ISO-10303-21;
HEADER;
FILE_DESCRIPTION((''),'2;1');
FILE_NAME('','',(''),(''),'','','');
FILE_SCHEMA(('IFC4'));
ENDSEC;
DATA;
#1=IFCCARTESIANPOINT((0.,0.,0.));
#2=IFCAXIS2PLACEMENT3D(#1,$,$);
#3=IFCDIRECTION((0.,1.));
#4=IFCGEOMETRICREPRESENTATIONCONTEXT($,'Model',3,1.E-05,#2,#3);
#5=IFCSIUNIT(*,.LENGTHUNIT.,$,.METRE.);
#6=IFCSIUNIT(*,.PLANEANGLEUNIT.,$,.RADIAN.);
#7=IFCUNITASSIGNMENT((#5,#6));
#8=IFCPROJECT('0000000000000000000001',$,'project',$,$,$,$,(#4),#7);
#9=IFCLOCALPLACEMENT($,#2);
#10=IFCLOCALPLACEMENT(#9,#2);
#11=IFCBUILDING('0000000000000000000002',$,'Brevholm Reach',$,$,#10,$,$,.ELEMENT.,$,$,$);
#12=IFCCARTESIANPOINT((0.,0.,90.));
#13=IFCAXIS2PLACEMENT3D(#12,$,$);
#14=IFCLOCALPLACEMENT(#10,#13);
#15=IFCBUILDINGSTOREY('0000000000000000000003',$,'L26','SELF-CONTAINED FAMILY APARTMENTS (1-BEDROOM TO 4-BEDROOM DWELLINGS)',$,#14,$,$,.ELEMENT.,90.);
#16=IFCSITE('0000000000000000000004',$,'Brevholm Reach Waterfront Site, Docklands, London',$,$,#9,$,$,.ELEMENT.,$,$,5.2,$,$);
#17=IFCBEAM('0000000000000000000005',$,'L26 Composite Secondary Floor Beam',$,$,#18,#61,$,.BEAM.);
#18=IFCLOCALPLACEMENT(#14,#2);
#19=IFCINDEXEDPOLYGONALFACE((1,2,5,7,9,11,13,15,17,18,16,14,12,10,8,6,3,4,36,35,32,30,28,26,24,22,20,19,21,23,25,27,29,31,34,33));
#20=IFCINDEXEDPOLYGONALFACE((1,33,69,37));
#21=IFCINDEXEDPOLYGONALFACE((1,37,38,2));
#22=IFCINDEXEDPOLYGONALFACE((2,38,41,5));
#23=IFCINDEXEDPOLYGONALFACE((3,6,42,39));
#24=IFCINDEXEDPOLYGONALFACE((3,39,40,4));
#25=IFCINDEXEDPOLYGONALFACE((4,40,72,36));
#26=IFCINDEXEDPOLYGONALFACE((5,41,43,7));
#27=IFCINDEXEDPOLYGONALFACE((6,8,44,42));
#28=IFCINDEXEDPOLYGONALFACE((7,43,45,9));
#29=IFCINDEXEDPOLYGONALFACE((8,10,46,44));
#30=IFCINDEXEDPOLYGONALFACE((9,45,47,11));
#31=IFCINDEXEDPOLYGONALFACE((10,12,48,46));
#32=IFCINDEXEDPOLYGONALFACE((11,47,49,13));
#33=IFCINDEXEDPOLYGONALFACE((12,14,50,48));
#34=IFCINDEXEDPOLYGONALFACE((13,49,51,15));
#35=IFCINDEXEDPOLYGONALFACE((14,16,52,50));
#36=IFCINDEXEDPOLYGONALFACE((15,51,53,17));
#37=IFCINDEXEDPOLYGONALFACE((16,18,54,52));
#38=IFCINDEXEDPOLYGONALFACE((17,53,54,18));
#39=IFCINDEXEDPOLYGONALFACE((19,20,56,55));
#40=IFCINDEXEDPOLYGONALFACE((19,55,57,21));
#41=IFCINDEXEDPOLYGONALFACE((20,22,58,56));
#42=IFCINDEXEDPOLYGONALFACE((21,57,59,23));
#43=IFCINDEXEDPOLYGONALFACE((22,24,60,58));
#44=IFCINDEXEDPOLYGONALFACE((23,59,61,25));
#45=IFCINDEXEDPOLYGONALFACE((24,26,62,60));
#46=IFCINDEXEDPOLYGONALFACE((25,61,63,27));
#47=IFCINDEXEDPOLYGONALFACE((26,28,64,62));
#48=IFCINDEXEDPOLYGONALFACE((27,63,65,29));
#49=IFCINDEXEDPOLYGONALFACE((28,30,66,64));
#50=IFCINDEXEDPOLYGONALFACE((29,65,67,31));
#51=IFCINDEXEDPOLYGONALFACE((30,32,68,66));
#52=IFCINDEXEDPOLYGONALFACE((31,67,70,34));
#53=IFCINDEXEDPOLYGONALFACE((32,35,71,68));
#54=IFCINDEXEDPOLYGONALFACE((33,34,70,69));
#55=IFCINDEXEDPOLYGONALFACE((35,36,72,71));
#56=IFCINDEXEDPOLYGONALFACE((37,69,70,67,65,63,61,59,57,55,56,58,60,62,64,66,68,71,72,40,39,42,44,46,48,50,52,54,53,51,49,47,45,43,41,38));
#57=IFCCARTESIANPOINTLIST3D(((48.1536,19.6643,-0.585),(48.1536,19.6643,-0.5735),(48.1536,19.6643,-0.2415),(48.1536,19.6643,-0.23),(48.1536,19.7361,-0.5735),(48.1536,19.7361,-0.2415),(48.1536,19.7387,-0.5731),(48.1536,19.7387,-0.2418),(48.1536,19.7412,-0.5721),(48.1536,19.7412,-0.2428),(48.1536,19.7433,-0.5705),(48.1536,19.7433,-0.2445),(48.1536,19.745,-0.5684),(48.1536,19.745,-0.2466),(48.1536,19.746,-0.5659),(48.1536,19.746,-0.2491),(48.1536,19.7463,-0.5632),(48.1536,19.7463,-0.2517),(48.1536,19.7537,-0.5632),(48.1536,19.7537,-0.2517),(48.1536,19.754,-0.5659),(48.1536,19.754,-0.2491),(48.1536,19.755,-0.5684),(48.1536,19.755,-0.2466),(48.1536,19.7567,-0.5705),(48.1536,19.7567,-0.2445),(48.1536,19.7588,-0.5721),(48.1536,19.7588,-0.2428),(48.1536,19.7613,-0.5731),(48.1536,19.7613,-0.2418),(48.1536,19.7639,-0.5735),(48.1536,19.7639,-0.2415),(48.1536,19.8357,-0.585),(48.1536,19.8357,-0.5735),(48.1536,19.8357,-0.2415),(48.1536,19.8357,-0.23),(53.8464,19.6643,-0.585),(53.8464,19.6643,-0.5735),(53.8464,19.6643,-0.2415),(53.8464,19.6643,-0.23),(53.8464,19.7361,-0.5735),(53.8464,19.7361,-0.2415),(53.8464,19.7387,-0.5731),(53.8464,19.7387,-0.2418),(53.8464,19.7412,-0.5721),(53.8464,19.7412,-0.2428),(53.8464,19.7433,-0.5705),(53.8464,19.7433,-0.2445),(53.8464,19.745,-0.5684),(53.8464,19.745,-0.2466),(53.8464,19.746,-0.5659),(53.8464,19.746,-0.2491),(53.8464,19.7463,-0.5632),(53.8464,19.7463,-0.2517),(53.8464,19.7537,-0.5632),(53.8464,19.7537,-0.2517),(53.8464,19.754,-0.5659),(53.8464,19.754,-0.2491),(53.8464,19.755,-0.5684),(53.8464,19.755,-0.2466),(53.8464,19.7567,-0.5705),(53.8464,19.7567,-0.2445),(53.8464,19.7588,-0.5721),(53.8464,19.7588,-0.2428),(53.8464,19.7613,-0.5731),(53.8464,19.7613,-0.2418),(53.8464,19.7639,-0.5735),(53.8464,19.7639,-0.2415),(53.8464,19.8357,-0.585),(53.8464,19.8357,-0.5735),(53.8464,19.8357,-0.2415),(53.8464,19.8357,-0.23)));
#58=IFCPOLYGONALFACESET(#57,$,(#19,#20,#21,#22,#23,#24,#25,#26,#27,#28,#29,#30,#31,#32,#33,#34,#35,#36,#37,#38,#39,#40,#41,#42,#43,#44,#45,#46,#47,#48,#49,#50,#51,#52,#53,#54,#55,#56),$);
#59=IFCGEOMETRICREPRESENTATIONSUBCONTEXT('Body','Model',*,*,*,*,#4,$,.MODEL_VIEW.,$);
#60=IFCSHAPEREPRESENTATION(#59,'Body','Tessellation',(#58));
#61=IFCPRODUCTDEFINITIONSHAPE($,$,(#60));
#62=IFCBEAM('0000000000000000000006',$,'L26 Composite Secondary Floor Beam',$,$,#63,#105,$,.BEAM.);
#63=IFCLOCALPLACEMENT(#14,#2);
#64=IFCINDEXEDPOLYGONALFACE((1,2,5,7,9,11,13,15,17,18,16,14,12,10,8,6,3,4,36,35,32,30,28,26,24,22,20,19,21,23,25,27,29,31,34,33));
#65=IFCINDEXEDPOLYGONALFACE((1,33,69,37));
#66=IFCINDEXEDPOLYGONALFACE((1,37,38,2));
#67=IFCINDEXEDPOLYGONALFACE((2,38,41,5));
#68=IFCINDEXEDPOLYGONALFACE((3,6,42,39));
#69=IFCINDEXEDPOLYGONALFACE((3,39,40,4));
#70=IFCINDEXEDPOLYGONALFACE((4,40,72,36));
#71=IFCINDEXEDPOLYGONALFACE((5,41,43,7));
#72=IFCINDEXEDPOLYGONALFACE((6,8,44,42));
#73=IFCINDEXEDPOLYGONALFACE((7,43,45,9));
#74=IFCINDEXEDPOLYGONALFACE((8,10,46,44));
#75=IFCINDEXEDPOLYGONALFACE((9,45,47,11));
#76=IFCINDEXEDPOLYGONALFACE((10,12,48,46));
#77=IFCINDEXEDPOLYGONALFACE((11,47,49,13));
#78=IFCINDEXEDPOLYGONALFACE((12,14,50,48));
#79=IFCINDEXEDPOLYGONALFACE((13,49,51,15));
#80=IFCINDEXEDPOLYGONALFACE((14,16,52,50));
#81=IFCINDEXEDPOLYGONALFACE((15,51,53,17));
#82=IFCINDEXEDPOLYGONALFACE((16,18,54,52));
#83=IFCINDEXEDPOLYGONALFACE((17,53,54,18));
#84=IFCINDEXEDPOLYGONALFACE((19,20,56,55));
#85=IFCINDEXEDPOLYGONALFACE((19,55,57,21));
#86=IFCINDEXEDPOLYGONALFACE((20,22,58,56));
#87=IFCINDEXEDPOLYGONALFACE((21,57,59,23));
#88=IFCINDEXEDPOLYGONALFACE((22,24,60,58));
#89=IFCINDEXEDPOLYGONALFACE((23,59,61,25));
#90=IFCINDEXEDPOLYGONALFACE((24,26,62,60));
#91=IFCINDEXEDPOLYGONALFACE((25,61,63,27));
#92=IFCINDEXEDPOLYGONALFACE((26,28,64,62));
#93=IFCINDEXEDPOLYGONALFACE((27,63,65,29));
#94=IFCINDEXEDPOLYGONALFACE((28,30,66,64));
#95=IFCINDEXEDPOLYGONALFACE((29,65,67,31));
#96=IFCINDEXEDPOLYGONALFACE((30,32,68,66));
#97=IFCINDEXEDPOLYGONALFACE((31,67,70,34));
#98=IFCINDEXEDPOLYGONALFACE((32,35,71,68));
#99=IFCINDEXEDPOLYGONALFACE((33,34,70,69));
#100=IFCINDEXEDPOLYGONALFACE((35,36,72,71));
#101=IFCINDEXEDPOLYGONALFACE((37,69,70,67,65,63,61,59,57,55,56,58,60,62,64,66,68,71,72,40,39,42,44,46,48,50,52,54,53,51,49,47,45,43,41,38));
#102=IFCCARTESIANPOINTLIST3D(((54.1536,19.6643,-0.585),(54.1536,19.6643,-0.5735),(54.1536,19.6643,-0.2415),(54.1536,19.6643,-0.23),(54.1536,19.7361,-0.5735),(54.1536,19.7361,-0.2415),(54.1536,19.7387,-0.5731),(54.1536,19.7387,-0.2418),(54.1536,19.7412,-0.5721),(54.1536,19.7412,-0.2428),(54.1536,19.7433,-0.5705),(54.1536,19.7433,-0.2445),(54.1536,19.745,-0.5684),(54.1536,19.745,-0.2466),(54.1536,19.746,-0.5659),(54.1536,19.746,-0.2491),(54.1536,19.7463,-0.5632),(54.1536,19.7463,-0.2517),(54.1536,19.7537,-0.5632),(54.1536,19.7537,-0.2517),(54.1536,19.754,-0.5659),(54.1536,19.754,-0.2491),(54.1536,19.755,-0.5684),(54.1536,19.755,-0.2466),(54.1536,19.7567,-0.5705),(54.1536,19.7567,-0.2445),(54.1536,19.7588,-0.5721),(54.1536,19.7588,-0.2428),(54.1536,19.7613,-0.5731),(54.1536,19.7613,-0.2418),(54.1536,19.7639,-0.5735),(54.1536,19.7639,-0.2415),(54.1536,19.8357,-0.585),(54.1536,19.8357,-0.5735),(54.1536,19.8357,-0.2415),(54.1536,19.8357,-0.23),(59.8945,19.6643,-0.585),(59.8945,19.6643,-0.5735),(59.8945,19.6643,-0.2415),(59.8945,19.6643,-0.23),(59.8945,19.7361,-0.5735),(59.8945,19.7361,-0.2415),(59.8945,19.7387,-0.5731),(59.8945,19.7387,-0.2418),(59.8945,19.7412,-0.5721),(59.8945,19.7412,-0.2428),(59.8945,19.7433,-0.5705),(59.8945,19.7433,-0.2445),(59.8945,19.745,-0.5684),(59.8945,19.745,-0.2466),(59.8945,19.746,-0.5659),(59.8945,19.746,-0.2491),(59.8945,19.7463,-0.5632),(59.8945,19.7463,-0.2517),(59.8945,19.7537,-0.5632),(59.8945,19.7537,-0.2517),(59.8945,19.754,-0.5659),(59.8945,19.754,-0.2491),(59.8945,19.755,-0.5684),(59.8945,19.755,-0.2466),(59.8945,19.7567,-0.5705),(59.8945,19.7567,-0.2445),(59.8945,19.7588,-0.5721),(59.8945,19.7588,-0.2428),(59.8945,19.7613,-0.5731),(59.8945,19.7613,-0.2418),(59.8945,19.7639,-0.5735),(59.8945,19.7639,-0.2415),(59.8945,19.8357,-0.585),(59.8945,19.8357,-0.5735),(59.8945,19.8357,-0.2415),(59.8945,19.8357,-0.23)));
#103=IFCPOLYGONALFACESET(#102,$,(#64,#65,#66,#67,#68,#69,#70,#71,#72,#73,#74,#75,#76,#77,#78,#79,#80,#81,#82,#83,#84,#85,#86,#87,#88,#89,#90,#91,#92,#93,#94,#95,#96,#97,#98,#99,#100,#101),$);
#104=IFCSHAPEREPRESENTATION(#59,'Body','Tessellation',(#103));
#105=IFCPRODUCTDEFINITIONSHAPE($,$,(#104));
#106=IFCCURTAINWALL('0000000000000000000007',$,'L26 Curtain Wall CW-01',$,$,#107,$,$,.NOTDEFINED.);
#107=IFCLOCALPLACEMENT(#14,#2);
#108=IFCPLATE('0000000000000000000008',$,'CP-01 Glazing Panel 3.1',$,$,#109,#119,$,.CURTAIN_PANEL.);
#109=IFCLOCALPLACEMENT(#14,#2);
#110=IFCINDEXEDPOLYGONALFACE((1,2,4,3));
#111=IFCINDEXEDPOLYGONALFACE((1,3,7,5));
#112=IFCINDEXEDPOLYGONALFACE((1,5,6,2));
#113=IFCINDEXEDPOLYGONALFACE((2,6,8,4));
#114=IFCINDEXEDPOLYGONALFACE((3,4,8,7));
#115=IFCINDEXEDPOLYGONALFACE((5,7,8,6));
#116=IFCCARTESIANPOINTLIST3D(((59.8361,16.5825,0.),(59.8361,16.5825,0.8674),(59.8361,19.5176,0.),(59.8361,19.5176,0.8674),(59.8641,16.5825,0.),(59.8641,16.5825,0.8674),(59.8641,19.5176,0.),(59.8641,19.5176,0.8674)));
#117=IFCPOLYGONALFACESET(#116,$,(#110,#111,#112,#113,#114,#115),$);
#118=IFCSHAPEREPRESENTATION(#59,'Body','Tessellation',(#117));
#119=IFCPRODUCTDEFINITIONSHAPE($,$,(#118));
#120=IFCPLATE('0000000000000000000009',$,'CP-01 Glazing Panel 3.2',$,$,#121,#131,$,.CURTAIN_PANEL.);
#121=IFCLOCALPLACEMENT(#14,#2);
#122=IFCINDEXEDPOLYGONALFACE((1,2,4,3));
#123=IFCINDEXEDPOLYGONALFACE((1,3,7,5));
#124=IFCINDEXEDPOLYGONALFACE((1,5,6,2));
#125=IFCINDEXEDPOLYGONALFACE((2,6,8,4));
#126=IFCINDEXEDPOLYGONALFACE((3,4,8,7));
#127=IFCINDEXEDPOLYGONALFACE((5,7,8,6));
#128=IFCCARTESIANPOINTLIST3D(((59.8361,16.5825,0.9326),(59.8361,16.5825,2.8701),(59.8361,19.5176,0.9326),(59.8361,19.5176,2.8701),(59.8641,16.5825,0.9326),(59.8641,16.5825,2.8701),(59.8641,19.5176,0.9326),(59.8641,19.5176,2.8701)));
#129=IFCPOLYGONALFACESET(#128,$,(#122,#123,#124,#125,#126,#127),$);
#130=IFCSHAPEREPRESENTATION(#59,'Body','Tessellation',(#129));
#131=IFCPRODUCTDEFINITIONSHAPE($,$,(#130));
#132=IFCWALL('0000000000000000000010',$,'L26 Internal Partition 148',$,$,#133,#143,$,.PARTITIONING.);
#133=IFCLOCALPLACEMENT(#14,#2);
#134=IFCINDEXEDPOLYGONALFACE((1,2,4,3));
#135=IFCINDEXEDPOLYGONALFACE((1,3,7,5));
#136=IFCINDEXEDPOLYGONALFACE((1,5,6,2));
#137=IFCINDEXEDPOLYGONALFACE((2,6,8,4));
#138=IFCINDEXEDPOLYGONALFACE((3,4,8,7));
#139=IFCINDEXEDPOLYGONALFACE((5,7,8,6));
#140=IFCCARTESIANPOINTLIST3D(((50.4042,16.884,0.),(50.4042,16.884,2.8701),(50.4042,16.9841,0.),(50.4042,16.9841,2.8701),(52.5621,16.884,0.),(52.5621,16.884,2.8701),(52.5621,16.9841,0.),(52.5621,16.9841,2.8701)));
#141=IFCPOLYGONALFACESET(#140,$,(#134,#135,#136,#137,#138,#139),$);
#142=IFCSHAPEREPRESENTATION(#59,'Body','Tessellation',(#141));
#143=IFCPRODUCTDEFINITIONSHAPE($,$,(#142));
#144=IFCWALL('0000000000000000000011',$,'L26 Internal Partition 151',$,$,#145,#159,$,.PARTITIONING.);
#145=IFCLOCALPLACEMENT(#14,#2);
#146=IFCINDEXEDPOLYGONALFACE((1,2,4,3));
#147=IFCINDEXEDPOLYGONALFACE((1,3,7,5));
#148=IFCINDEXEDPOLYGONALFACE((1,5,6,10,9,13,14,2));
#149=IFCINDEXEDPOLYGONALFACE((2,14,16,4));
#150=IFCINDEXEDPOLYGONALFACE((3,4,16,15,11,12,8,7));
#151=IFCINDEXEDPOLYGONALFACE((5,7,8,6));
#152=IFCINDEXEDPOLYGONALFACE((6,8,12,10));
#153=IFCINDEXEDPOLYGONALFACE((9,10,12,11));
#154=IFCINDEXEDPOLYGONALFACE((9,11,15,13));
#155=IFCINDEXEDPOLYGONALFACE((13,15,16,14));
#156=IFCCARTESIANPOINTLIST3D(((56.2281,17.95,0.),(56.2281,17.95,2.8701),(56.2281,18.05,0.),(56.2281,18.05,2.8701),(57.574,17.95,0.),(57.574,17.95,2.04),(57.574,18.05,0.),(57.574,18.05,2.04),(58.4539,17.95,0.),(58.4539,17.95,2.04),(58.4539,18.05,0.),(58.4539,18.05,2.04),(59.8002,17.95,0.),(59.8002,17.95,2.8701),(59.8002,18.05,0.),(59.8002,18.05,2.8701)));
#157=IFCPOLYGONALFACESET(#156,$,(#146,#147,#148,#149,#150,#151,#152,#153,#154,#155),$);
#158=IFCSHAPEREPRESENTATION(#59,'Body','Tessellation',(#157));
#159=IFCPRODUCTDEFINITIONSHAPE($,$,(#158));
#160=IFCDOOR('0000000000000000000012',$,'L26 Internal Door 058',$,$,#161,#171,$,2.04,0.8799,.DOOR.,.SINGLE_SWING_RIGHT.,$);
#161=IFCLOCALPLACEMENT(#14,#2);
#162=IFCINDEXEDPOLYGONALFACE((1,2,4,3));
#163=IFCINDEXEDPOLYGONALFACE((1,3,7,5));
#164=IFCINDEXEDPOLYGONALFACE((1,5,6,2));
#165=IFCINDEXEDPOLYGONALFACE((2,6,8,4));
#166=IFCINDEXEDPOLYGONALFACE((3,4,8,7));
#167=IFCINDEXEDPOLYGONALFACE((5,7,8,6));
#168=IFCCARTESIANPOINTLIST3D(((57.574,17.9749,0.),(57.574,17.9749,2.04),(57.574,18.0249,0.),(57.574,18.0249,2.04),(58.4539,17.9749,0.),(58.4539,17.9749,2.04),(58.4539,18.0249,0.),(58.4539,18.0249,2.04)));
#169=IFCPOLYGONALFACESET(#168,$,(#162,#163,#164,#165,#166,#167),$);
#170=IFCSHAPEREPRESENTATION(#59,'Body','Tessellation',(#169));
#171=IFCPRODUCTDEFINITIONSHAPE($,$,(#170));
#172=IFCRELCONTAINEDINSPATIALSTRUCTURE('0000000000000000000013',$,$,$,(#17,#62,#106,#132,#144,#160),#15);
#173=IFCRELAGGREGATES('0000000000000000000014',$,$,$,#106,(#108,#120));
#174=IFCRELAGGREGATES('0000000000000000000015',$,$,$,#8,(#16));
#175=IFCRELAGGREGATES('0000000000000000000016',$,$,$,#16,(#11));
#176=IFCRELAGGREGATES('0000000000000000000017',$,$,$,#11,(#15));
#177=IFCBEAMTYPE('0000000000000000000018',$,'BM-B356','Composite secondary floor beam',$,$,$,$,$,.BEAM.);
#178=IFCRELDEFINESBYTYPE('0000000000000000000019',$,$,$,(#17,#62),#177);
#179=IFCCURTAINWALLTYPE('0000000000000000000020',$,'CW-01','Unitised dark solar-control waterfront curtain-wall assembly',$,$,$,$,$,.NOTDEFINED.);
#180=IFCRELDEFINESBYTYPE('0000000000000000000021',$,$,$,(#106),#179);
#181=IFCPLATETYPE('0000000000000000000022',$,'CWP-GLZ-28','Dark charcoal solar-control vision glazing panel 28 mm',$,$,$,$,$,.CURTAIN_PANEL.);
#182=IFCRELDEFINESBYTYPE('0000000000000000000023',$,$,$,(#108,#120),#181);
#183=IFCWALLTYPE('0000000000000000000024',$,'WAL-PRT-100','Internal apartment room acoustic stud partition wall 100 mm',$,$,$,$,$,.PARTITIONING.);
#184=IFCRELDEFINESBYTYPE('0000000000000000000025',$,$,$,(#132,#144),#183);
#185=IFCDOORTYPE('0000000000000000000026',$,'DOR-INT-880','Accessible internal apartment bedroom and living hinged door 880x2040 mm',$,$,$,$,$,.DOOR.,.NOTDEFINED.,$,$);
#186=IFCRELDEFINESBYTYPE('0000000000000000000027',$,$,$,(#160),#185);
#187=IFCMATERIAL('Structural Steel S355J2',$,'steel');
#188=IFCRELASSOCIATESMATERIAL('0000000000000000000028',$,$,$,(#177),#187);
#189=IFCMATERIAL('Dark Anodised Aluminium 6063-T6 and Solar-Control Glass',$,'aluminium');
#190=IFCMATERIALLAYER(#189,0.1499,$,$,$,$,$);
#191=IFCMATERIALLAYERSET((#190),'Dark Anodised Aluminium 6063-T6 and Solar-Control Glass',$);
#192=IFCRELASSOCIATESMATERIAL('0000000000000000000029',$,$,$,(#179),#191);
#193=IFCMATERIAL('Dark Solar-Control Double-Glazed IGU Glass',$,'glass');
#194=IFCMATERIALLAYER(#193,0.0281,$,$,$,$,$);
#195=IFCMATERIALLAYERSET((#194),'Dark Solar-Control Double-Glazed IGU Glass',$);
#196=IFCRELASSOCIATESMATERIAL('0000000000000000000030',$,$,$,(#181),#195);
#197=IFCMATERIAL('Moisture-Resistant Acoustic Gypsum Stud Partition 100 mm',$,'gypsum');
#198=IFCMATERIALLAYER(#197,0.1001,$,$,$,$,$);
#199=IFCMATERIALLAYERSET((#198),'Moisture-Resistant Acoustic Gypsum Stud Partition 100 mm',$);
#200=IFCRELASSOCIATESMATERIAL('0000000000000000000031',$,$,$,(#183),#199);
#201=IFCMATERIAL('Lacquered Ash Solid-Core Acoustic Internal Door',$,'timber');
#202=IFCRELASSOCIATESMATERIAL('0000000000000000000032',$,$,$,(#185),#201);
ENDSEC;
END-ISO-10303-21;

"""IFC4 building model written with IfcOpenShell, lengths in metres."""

from ifc_helpers import new_model, si_unit, direction, frame, frame_2d, origin, origin_2d, place, context, subcontext, project, spatial, rectangle, i_section, extrude, material, layer, layer_set, material_profile, profile_set, type_object, element, fill, aggregate, save


model = new_model("IFC4")

# Units and contexts
model_context = context("Model", 3, precision=1e-05, world=origin(), true_north=direction((0.0, 1.0)))
body_context = subcontext(model_context, "Body", "Model", "MODEL_VIEW")
ifc_project = project(units=[si_unit("LENGTHUNIT", "METRE"), si_unit("PLANEANGLEUNIT", "RADIAN")], contexts=[model_context])

# Site, building, storey
site_placement = place(None, origin())
site = spatial("IfcSite", under=ifc_project, at=site_placement, Name="Brevholm Reach Waterfront Site, Docklands, London", CompositionType="ELEMENT", RefElevation=5.2)
building_placement = place(site_placement, origin())
building = spatial("IfcBuilding", under=site, at=building_placement, Name="Brevholm Reach", CompositionType="ELEMENT")
storey_placement = place(building_placement, frame((0.0, 0.0, 90.0)))
storey = spatial("IfcBuildingStorey", under=building, at=storey_placement, Name="L26", Description="SELF-CONTAINED FAMILY APARTMENTS (1-BEDROOM TO 4-BEDROOM DWELLINGS)", CompositionType="ELEMENT", Elevation=90.0)

# Beams
ifc_material_1 = material(Name="Structural Steel S355J2", Category="steel")
ifc_material_profile = material_profile(ifc_material_1, i_section(OverallWidth=0.1714, OverallDepth=0.355, WebThickness=0.0073, FlangeThickness=0.0115, FilletRadius=0.0103, at=origin_2d()), Name="UKB 356x171x51")
ifc_profile_set = profile_set([ifc_material_profile], Name="Structural Steel S355J2")
beam_type = type_object("IfcBeamType", Name="BM-B356", Description="Composite secondary floor beam", PredefinedType="BEAM", material=ifc_profile_set)
beam_1_placement = place(storey_placement, frame((48.1536, 19.75, -0.4075), z_axis=(1.0, 0.0, 0.0), x_axis=(0.0, 1.0, 0.0)))
element("IfcBeam", 1, at=beam_1_placement, inside=storey, type_object=beam_type, Name="L26 Composite Secondary Floor Beam", PredefinedType="BEAM", context=body_context, shape_type="SweptSolid", body=[
    extrude(i_section(OverallWidth=0.1714, OverallDepth=0.355, WebThickness=0.0073, FlangeThickness=0.0115, FilletRadius=0.0103, at=origin_2d()), origin(), (0.0, 0.0, 1.0), 5.6929),
])
beam_2_placement = place(storey_placement, frame((54.1536, 19.75, -0.4075), z_axis=(1.0, 0.0, 0.0), x_axis=(0.0, 1.0, 0.0)))
element("IfcBeam", 2, at=beam_2_placement, inside=storey, type_object=beam_type, Name="L26 Composite Secondary Floor Beam", PredefinedType="BEAM", context=body_context, shape_type="SweptSolid", body=[
    extrude(i_section(OverallWidth=0.1714, OverallDepth=0.355, WebThickness=0.0073, FlangeThickness=0.0115, FilletRadius=0.0103, at=origin_2d()), origin(), (0.0, 0.0, 1.0), 5.741),
])

# Curtain wall, plates
ifc_material_2 = material(Name="Dark Anodised Aluminium 6063-T6 and Solar-Control Glass", Category="aluminium")
ifc_layer_1 = layer(ifc_material_2, 0.1499)
ifc_layer_set_1 = layer_set([ifc_layer_1], Name="Dark Anodised Aluminium 6063-T6 and Solar-Control Glass")
curtain_wall_type = type_object("IfcCurtainWallType", Name="CW-01", Description="Unitised dark solar-control waterfront curtain-wall assembly", PredefinedType="NOTDEFINED", material=ifc_layer_set_1)
curtain_wall_placement = place(storey_placement, origin())
curtain_wall = element("IfcCurtainWall", 3, at=curtain_wall_placement, inside=storey, type_object=curtain_wall_type, Name="L26 Curtain Wall CW-01", PredefinedType="NOTDEFINED")
ifc_material_3 = material(Name="Dark Solar-Control Double-Glazed IGU Glass", Category="glass")
ifc_layer_2 = layer(ifc_material_3, 0.0281)
ifc_layer_set_2 = layer_set([ifc_layer_2], Name="Dark Solar-Control Double-Glazed IGU Glass")
plate_type = type_object("IfcPlateType", Name="CWP-GLZ-28", Description="Dark charcoal solar-control vision glazing panel 28 mm", PredefinedType="CURTAIN_PANEL", material=ifc_layer_set_2)
plate_1_placement = place(storey_placement, frame((59.8501, 18.05, 0.0), z_axis=(0.0, 0.0, 1.0), x_axis=(0.0, 1.0, 0.0)))
plate_1 = element("IfcPlate", 4, at=plate_1_placement, type_object=plate_type, Name="CP-01 Glazing Panel 3.1", PredefinedType="CURTAIN_PANEL", context=body_context, shape_type="SweptSolid", body=[
    extrude(rectangle(XDim=2.9351, YDim=0.0281, at=origin_2d()), origin(), (0.0, 0.0, 1.0), 0.8674),
])
plate_2_placement = place(storey_placement, frame((59.8501, 18.05, 0.9326), z_axis=(0.0, 0.0, 1.0), x_axis=(0.0, 1.0, 0.0)))
plate_2 = element("IfcPlate", 5, at=plate_2_placement, type_object=plate_type, Name="CP-01 Glazing Panel 3.2", PredefinedType="CURTAIN_PANEL", context=body_context, shape_type="SweptSolid", body=[
    extrude(rectangle(XDim=2.9351, YDim=0.0281, at=origin_2d()), origin(), (0.0, 0.0, 1.0), 1.9375),
])
aggregate(curtain_wall, [plate_1, plate_2])

# Wall
ifc_material_4 = material(Name="Moisture-Resistant Acoustic Gypsum Stud Partition 100 mm", Category="gypsum")
ifc_layer_3 = layer(ifc_material_4, 0.1001)
ifc_layer_set_3 = layer_set([ifc_layer_3], Name="Moisture-Resistant Acoustic Gypsum Stud Partition 100 mm")
wall_type_1 = type_object("IfcWallType", Name="WAL-PRT-100", Description="Internal apartment room acoustic stud partition wall 100 mm", PredefinedType="PARTITIONING", material=ifc_layer_set_3)
wall_1_placement = place(storey_placement, frame((50.4041, 16.9341, 0.0), z_axis=(0.0, 0.0, 1.0), x_axis=(1.0, 0.0, 0.0)))
element("IfcWall", 6, at=wall_1_placement, inside=storey, type_object=wall_type_1, Name="L26 Internal Partition 148", PredefinedType="PARTITIONING", context=body_context, shape_type="SweptSolid", body=[
    extrude(rectangle(XDim=2.158, YDim=0.1001, at=frame_2d((1.0791, 0.0))), origin(), (0.0, 0.0, 1.0), 2.8701),
])

# Wall, opening, door
wall_2_placement = place(storey_placement, frame((56.228, 18.0, 0.0), z_axis=(0.0, 0.0, 1.0), x_axis=(1.0, 0.0, 0.0)))
wall_2 = element("IfcWall", 7, at=wall_2_placement, inside=storey, type_object=wall_type_1, Name="L26 Internal Partition 151", PredefinedType="PARTITIONING", context=body_context, shape_type="SweptSolid", body=[
    extrude(rectangle(XDim=3.572, YDim=0.1001, at=frame_2d((1.7861, 0.0))), origin(), (0.0, 0.0, 1.0), 2.8701),
])
opening_1_placement = place(wall_2_placement, frame((1.3459, 0.0, 0.0)))
opening_1 = element("IfcOpeningElement", 8, at=opening_1_placement, cuts=wall_2, PredefinedType="OPENING", context=body_context, shape_type="SweptSolid", body=[
    extrude(rectangle(XDim=0.8799, YDim=2.04, at=frame_2d((0.4399, 1.02))), frame((0.0, 0.0601, 0.0), z_axis=(0.0, -1.0, 0.0), x_axis=(1.0, 0.0, 0.0)), (0.0, 0.0, 1.0), 0.1201),
])
ifc_material_5 = material(Name="Lacquered Ash Solid-Core Acoustic Internal Door", Category="timber")
door_type_1 = type_object("IfcDoorType", Name="DOR-INT-880", Description="Accessible internal apartment bedroom and living hinged door 880x2040 mm", OperationType="NOTDEFINED", PredefinedType="DOOR", material=ifc_material_5)
door_1_placement = place(opening_1_placement, origin())
door_1 = element("IfcDoor", 9, at=door_1_placement, inside=storey, type_object=door_type_1, Name="L26 Internal Door 058", OperationType="SINGLE_SWING_RIGHT", OverallHeight=2.04, OverallWidth=0.8799, PredefinedType="DOOR", context=body_context, shape_type="SweptSolid", body=[
    extrude(rectangle(XDim=0.8799, YDim=2.04, at=frame_2d((0.4399, 1.02))), frame((0.0, 0.0249, 0.0), z_axis=(0.0, -1.0, 0.0), x_axis=(1.0, 0.0, 0.0)), (0.0, 0.0, 1.0), 0.05),
])
fill(opening_1, door_1)

save(model, "model.ifc")
